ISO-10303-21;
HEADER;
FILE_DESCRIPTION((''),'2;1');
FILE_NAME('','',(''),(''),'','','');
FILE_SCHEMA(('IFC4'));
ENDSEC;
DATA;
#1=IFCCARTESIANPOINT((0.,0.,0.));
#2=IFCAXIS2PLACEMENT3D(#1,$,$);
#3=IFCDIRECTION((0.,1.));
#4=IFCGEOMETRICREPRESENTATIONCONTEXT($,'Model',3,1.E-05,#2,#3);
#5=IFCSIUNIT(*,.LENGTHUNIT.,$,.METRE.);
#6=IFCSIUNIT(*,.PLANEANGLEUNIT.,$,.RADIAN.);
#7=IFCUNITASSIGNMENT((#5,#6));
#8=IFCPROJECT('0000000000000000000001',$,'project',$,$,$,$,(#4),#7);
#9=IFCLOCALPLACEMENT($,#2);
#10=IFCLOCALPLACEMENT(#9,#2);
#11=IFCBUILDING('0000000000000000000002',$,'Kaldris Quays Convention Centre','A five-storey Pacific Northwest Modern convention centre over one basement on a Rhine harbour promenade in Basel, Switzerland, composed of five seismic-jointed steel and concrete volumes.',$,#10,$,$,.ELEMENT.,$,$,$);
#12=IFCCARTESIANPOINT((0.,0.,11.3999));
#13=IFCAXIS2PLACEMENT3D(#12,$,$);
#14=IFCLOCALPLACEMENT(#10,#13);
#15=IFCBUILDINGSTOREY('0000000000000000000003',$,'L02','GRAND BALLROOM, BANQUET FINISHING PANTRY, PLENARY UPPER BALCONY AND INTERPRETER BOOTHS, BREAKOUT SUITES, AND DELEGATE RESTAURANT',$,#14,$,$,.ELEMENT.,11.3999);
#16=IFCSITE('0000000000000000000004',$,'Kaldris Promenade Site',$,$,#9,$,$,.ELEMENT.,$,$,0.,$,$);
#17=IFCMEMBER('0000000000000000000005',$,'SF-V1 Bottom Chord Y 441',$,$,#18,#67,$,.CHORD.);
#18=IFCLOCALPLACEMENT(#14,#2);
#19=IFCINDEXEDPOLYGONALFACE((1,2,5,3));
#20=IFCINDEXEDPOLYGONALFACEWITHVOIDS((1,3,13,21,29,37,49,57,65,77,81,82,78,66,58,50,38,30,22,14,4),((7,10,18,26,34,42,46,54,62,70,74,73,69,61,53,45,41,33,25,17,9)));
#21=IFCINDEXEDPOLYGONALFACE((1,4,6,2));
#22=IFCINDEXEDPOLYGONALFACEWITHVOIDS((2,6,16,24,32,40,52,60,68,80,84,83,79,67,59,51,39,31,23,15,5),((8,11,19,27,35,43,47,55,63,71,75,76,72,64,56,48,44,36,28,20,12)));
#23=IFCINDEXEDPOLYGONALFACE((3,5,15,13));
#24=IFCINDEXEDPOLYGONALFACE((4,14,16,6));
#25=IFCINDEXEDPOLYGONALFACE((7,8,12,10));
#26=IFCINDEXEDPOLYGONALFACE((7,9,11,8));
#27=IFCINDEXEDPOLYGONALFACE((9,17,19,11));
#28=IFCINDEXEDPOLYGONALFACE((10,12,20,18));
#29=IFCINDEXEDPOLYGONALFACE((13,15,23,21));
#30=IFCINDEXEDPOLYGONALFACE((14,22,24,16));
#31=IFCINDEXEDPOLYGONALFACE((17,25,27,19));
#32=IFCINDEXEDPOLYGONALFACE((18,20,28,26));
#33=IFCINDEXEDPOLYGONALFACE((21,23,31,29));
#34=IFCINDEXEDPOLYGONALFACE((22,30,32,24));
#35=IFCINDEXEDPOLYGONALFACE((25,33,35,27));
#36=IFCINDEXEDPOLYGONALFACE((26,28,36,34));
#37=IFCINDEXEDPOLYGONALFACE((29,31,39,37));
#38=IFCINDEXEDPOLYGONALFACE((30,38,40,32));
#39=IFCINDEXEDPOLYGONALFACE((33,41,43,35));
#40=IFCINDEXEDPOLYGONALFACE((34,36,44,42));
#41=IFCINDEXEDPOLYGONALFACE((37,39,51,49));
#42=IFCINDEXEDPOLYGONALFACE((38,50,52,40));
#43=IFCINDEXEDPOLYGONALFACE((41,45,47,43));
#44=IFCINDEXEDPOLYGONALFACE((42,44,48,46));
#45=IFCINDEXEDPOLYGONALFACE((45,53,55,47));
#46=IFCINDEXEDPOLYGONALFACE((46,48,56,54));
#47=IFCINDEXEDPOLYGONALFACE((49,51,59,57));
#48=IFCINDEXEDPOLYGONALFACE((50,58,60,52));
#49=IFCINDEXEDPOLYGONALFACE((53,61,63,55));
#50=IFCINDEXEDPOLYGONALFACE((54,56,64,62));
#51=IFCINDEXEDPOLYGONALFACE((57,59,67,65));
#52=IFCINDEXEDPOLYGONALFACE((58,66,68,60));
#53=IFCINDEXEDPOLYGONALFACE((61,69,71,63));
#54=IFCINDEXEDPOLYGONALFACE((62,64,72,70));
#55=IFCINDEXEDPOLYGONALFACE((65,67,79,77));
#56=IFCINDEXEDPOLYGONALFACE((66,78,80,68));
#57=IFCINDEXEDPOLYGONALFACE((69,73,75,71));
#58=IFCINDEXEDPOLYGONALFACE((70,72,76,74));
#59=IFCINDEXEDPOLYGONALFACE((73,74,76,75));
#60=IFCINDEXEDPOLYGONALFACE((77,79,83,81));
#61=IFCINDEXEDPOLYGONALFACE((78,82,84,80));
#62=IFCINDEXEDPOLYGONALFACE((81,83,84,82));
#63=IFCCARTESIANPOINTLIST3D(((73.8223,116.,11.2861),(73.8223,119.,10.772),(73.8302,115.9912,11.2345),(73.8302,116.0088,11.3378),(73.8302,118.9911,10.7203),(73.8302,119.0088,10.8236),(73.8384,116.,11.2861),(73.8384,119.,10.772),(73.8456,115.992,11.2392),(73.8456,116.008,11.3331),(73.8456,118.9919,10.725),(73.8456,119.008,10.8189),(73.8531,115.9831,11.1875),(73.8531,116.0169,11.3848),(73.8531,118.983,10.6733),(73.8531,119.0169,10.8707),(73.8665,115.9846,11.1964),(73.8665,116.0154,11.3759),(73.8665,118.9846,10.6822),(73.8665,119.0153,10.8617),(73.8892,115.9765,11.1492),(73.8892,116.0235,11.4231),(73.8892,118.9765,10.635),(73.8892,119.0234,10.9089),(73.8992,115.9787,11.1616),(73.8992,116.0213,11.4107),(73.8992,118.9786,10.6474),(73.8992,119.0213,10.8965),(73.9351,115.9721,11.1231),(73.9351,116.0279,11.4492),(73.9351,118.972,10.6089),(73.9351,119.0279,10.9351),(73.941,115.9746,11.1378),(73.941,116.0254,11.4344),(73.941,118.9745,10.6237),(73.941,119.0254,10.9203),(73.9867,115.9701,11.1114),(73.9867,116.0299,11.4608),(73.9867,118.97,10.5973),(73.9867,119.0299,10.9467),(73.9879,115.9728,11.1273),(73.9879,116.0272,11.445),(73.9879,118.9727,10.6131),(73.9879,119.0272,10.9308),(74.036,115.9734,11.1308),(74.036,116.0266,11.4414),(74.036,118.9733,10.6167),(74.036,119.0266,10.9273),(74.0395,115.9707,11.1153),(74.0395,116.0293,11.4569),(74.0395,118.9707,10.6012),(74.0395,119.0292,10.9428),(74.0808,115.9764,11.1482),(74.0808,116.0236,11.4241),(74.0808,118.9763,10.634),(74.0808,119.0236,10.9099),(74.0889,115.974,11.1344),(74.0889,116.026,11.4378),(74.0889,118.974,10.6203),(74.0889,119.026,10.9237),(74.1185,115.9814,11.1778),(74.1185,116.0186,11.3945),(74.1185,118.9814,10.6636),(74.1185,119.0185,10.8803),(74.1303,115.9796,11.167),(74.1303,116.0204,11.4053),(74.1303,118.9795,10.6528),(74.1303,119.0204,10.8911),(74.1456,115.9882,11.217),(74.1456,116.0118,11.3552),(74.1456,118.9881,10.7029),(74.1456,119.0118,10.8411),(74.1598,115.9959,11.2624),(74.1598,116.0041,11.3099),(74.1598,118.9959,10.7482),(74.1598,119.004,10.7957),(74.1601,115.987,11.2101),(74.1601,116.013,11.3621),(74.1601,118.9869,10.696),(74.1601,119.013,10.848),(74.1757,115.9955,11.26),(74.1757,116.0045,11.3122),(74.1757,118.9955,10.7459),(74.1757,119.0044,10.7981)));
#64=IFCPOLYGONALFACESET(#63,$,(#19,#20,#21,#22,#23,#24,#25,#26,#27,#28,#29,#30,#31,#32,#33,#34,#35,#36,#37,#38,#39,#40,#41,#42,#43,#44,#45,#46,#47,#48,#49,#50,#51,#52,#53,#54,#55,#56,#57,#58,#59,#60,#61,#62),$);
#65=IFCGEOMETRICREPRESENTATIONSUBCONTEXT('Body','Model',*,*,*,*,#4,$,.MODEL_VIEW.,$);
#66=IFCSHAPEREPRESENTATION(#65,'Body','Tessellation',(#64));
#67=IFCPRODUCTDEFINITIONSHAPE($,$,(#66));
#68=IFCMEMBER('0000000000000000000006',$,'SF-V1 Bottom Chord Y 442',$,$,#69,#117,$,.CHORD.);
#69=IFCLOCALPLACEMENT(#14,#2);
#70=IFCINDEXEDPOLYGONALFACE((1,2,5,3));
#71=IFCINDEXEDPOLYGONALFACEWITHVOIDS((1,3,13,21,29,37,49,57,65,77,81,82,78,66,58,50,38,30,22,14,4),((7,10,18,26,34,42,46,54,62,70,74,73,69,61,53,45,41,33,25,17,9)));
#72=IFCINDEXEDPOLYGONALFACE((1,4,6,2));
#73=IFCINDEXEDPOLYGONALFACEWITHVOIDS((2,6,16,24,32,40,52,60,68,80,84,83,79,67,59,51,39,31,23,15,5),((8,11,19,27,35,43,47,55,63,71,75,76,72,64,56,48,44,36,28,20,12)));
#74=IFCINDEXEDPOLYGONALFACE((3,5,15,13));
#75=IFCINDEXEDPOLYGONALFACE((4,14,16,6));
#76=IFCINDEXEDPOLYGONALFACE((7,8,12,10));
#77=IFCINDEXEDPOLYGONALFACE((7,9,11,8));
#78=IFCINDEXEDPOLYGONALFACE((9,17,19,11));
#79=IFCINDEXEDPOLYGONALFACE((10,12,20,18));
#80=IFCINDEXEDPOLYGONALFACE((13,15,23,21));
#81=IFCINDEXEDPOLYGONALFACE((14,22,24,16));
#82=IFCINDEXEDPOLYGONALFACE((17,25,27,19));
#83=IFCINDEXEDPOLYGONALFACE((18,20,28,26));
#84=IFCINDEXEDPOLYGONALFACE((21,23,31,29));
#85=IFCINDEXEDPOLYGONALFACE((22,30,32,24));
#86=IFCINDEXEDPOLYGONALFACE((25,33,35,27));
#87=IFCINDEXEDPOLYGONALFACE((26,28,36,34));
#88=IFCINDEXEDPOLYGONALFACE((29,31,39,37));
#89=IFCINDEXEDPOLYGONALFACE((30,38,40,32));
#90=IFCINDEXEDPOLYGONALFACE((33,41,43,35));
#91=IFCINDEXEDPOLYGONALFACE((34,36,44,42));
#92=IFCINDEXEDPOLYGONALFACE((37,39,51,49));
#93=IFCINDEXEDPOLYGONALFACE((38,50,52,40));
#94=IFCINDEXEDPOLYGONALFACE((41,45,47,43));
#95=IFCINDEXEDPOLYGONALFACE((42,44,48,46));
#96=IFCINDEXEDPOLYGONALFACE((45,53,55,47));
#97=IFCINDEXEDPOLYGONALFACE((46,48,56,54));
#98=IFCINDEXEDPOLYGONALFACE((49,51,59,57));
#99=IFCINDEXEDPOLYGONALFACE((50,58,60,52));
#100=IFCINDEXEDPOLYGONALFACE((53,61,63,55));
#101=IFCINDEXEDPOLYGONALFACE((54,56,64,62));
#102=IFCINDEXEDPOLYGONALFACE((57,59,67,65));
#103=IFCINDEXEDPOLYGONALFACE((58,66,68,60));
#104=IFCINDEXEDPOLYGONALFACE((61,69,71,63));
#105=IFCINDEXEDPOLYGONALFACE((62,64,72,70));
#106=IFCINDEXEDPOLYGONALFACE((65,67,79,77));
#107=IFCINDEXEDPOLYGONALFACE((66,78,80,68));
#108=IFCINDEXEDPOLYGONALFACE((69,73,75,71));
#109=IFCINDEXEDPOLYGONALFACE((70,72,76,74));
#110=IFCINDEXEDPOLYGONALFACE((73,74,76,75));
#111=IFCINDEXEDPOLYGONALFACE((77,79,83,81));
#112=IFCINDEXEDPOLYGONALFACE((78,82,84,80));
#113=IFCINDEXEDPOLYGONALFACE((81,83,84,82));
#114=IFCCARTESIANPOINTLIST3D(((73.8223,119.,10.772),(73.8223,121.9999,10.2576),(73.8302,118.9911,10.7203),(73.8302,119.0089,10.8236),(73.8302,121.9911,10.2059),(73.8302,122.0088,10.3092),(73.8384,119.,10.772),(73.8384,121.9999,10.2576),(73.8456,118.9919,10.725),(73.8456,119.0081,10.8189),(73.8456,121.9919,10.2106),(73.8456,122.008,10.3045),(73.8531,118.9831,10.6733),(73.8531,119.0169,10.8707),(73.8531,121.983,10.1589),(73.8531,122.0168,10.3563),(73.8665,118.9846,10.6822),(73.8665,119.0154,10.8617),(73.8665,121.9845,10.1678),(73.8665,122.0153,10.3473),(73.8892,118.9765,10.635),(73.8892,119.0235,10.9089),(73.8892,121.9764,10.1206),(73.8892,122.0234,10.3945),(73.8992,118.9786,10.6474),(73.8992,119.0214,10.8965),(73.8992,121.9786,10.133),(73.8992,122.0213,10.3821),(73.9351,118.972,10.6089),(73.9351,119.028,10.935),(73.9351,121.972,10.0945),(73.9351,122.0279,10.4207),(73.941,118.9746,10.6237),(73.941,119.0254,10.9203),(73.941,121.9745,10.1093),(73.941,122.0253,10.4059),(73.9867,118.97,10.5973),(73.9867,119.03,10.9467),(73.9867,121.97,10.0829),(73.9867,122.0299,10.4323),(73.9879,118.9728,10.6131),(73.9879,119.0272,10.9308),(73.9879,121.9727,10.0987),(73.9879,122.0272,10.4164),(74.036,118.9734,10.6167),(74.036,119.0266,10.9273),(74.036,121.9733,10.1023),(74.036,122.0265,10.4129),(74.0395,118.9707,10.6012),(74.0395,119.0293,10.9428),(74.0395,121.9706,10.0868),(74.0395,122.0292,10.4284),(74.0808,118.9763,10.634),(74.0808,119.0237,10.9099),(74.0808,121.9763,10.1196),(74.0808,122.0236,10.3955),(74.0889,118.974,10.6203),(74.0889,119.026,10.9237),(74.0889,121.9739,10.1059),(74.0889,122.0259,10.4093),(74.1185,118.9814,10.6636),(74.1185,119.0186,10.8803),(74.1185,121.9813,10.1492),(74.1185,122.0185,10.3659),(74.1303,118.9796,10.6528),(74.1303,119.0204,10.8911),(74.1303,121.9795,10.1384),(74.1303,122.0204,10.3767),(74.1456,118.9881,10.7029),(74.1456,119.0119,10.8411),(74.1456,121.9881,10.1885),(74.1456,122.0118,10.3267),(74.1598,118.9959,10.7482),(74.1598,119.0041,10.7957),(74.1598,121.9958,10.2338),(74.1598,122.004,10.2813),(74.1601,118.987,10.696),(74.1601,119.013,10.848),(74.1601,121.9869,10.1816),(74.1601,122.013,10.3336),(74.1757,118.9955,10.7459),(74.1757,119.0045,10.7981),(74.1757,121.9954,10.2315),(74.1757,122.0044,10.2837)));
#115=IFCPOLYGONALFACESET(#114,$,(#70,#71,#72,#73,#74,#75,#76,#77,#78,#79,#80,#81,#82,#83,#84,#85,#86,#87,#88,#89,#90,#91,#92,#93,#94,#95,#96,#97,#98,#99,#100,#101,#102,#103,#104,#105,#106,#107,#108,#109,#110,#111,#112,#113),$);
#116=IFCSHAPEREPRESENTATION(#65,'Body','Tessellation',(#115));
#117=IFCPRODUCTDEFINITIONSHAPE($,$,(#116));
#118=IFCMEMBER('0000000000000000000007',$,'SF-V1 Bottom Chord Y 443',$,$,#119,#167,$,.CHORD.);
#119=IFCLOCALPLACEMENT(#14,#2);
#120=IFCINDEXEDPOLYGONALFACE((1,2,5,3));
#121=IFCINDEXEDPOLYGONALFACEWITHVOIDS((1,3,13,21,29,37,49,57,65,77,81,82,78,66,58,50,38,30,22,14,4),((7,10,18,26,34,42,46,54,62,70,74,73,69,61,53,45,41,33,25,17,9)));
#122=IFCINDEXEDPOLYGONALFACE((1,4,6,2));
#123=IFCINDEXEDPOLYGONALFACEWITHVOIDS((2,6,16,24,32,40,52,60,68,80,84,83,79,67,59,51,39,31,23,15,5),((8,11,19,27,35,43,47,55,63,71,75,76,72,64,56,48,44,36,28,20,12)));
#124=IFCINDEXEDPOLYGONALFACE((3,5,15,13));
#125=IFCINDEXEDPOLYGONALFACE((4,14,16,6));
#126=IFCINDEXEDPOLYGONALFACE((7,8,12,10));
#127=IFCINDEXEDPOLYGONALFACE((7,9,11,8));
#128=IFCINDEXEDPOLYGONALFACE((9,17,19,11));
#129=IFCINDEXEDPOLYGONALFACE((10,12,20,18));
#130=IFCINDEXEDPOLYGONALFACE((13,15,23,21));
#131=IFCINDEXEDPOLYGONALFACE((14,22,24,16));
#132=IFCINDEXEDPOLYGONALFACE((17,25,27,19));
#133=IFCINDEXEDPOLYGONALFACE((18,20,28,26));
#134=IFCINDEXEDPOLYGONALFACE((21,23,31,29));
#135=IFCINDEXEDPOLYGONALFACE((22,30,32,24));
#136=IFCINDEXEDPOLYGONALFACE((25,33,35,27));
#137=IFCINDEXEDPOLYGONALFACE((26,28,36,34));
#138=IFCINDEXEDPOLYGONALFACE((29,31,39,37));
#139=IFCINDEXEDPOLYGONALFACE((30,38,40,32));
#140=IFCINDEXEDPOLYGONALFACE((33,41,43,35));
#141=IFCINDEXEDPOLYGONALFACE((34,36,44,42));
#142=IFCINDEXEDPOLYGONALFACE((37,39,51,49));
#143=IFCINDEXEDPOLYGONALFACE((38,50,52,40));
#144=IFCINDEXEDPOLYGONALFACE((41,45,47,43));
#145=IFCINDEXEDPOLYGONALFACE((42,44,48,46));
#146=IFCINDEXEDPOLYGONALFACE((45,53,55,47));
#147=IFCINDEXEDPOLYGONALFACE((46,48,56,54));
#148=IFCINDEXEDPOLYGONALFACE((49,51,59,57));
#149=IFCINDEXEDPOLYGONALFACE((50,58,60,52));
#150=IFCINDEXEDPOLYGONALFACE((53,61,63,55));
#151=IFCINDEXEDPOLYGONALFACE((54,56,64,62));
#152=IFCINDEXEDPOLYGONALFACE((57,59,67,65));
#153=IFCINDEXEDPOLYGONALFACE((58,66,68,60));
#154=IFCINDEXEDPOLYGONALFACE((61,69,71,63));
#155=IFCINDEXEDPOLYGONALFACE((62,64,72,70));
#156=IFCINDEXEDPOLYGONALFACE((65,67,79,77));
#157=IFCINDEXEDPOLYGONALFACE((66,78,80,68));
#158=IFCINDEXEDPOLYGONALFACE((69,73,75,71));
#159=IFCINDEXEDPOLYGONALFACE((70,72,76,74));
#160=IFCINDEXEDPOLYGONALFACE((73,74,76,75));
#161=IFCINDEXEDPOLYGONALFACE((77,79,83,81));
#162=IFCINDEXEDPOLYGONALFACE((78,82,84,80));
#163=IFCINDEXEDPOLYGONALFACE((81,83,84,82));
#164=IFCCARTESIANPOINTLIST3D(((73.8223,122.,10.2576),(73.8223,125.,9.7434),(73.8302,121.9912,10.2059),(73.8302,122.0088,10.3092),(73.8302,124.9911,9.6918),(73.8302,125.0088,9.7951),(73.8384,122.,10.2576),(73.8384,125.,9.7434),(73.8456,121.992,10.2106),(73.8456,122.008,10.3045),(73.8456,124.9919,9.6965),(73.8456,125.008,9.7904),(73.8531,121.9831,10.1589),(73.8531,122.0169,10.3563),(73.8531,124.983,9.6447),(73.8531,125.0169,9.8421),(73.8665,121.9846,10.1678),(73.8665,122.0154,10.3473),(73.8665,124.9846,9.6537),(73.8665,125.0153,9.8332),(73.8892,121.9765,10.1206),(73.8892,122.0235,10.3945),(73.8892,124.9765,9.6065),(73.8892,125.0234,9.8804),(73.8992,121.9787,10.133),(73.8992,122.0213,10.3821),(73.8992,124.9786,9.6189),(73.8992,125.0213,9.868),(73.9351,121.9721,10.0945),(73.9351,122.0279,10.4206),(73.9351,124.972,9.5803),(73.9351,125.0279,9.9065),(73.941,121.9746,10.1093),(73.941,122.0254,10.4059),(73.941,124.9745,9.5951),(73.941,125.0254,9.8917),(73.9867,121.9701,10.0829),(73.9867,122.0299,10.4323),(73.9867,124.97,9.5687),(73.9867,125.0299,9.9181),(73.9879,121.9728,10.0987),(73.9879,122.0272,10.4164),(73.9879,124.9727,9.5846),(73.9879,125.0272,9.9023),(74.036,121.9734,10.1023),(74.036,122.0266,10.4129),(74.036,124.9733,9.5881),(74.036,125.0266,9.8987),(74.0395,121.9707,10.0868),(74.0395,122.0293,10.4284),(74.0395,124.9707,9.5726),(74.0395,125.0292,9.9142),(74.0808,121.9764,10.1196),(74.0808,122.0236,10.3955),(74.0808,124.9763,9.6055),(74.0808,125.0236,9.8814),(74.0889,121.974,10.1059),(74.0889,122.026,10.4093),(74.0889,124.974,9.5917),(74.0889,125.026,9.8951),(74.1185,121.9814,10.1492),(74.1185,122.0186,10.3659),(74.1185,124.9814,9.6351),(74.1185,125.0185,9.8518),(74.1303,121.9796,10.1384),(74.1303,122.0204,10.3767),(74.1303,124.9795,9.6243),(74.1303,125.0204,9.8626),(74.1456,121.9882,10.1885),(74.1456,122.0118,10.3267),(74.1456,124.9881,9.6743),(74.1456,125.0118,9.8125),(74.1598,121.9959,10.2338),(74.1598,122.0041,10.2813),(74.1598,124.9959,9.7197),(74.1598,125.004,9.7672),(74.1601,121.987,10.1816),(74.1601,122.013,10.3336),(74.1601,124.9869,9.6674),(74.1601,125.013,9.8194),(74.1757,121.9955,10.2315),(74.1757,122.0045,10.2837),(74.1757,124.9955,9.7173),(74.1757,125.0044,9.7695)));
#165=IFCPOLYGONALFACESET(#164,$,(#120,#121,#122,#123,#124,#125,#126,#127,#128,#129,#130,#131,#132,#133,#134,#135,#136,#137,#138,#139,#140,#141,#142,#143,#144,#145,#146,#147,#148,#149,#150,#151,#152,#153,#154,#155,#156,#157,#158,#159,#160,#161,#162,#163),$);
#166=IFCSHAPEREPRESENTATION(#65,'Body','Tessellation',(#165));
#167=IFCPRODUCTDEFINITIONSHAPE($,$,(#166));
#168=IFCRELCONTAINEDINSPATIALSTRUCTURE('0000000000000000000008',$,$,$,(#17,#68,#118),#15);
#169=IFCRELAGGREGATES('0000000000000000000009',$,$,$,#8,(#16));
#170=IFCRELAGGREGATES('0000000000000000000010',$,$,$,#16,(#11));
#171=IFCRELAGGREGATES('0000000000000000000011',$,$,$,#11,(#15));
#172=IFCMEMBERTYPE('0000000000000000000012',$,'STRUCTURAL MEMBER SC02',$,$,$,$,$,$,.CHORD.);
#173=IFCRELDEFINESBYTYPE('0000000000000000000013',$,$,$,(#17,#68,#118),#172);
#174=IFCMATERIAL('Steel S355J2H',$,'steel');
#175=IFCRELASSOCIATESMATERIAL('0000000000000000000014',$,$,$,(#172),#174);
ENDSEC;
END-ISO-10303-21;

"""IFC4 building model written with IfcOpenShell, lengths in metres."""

from ifc_helpers import new_model, si_unit, direction, frame, origin, origin_2d, place, context, subcontext, project, spatial, hollow_circle, extrude, material, material_profile, profile_set, type_object, element, save


model = new_model("IFC4")

# Units and contexts
model_context = context("Model", 3, precision=1e-05, world=origin(), true_north=direction((0.0, 1.0)))
body_context = subcontext(model_context, "Body", "Model", "MODEL_VIEW")
ifc_project = project(units=[si_unit("LENGTHUNIT", "METRE"), si_unit("PLANEANGLEUNIT", "RADIAN")], contexts=[model_context])

# Site, building, storey
site_placement = place(None, origin())
site = spatial("IfcSite", under=ifc_project, at=site_placement, Name="Kaldris Promenade Site", CompositionType="ELEMENT", RefElevation=0.0)
building_placement = place(site_placement, origin())
building = spatial("IfcBuilding", under=site, at=building_placement, Name="Kaldris Quays Convention Centre", Description="A five-storey Pacific Northwest Modern convention centre over one basement on a Rhine harbour promenade in Basel, Switzerland, composed of five seismic-jointed steel and concrete volumes.", CompositionType="ELEMENT")
storey_placement = place(building_placement, frame((0.0, 0.0, 11.3999)))
storey = spatial("IfcBuildingStorey", under=building, at=storey_placement, Name="L02", Description="GRAND BALLROOM, BANQUET FINISHING PANTRY, PLENARY UPPER BALCONY AND INTERPRETER BOOTHS, BREAKOUT SUITES, AND DELEGATE RESTAURANT", CompositionType="ELEMENT", Elevation=11.3999)

# Members
ifc_material_1 = material(Name="Steel S355J2H", Category="steel")
ifc_material_profile_1 = material_profile(ifc_material_1, hollow_circle(Radius=0.1777, WallThickness=0.0161, at=origin_2d()), Name="CHS 355.6x16")
ifc_profile_set_1 = profile_set([ifc_material_profile_1], Name="Steel S355J2H")
member_type_1 = type_object("IfcMemberType", Name="STRUCTURAL MEMBER SC02", PredefinedType="CHORD", material=ifc_profile_set_1)
for number, where, z_axis, x_axis, name in (
    (1, (74.0, 116.0, 11.2861), (0.0, 0.985629, -0.168924), (-1.0, 0.0, 0.0), "SF-V1 Bottom Chord Y 441"),
    (2, (74.0, 119.0, 10.772), (0.0, 0.985616, -0.169002), (-1.0, 0.0, 0.0), "SF-V1 Bottom Chord Y 442"),
    (3, (74.0, 122.0, 10.2576), (0.0, 0.985629, -0.168924), (-1.0, 0.0, 0.0), "SF-V1 Bottom Chord Y 443"),
):
    element("IfcMember", number, at=place(storey_placement, frame(where, z_axis=z_axis, x_axis=x_axis)), inside=storey, type_object=member_type_1, Name=name, PredefinedType="CHORD", context=body_context, shape_type="SweptSolid", body=[
        extrude(hollow_circle(Radius=0.1777, WallThickness=0.0161, at=origin_2d()), origin(), (0.0, 0.0, 1.0), 3.0437),
    ])

save(model, "model.ifc")
